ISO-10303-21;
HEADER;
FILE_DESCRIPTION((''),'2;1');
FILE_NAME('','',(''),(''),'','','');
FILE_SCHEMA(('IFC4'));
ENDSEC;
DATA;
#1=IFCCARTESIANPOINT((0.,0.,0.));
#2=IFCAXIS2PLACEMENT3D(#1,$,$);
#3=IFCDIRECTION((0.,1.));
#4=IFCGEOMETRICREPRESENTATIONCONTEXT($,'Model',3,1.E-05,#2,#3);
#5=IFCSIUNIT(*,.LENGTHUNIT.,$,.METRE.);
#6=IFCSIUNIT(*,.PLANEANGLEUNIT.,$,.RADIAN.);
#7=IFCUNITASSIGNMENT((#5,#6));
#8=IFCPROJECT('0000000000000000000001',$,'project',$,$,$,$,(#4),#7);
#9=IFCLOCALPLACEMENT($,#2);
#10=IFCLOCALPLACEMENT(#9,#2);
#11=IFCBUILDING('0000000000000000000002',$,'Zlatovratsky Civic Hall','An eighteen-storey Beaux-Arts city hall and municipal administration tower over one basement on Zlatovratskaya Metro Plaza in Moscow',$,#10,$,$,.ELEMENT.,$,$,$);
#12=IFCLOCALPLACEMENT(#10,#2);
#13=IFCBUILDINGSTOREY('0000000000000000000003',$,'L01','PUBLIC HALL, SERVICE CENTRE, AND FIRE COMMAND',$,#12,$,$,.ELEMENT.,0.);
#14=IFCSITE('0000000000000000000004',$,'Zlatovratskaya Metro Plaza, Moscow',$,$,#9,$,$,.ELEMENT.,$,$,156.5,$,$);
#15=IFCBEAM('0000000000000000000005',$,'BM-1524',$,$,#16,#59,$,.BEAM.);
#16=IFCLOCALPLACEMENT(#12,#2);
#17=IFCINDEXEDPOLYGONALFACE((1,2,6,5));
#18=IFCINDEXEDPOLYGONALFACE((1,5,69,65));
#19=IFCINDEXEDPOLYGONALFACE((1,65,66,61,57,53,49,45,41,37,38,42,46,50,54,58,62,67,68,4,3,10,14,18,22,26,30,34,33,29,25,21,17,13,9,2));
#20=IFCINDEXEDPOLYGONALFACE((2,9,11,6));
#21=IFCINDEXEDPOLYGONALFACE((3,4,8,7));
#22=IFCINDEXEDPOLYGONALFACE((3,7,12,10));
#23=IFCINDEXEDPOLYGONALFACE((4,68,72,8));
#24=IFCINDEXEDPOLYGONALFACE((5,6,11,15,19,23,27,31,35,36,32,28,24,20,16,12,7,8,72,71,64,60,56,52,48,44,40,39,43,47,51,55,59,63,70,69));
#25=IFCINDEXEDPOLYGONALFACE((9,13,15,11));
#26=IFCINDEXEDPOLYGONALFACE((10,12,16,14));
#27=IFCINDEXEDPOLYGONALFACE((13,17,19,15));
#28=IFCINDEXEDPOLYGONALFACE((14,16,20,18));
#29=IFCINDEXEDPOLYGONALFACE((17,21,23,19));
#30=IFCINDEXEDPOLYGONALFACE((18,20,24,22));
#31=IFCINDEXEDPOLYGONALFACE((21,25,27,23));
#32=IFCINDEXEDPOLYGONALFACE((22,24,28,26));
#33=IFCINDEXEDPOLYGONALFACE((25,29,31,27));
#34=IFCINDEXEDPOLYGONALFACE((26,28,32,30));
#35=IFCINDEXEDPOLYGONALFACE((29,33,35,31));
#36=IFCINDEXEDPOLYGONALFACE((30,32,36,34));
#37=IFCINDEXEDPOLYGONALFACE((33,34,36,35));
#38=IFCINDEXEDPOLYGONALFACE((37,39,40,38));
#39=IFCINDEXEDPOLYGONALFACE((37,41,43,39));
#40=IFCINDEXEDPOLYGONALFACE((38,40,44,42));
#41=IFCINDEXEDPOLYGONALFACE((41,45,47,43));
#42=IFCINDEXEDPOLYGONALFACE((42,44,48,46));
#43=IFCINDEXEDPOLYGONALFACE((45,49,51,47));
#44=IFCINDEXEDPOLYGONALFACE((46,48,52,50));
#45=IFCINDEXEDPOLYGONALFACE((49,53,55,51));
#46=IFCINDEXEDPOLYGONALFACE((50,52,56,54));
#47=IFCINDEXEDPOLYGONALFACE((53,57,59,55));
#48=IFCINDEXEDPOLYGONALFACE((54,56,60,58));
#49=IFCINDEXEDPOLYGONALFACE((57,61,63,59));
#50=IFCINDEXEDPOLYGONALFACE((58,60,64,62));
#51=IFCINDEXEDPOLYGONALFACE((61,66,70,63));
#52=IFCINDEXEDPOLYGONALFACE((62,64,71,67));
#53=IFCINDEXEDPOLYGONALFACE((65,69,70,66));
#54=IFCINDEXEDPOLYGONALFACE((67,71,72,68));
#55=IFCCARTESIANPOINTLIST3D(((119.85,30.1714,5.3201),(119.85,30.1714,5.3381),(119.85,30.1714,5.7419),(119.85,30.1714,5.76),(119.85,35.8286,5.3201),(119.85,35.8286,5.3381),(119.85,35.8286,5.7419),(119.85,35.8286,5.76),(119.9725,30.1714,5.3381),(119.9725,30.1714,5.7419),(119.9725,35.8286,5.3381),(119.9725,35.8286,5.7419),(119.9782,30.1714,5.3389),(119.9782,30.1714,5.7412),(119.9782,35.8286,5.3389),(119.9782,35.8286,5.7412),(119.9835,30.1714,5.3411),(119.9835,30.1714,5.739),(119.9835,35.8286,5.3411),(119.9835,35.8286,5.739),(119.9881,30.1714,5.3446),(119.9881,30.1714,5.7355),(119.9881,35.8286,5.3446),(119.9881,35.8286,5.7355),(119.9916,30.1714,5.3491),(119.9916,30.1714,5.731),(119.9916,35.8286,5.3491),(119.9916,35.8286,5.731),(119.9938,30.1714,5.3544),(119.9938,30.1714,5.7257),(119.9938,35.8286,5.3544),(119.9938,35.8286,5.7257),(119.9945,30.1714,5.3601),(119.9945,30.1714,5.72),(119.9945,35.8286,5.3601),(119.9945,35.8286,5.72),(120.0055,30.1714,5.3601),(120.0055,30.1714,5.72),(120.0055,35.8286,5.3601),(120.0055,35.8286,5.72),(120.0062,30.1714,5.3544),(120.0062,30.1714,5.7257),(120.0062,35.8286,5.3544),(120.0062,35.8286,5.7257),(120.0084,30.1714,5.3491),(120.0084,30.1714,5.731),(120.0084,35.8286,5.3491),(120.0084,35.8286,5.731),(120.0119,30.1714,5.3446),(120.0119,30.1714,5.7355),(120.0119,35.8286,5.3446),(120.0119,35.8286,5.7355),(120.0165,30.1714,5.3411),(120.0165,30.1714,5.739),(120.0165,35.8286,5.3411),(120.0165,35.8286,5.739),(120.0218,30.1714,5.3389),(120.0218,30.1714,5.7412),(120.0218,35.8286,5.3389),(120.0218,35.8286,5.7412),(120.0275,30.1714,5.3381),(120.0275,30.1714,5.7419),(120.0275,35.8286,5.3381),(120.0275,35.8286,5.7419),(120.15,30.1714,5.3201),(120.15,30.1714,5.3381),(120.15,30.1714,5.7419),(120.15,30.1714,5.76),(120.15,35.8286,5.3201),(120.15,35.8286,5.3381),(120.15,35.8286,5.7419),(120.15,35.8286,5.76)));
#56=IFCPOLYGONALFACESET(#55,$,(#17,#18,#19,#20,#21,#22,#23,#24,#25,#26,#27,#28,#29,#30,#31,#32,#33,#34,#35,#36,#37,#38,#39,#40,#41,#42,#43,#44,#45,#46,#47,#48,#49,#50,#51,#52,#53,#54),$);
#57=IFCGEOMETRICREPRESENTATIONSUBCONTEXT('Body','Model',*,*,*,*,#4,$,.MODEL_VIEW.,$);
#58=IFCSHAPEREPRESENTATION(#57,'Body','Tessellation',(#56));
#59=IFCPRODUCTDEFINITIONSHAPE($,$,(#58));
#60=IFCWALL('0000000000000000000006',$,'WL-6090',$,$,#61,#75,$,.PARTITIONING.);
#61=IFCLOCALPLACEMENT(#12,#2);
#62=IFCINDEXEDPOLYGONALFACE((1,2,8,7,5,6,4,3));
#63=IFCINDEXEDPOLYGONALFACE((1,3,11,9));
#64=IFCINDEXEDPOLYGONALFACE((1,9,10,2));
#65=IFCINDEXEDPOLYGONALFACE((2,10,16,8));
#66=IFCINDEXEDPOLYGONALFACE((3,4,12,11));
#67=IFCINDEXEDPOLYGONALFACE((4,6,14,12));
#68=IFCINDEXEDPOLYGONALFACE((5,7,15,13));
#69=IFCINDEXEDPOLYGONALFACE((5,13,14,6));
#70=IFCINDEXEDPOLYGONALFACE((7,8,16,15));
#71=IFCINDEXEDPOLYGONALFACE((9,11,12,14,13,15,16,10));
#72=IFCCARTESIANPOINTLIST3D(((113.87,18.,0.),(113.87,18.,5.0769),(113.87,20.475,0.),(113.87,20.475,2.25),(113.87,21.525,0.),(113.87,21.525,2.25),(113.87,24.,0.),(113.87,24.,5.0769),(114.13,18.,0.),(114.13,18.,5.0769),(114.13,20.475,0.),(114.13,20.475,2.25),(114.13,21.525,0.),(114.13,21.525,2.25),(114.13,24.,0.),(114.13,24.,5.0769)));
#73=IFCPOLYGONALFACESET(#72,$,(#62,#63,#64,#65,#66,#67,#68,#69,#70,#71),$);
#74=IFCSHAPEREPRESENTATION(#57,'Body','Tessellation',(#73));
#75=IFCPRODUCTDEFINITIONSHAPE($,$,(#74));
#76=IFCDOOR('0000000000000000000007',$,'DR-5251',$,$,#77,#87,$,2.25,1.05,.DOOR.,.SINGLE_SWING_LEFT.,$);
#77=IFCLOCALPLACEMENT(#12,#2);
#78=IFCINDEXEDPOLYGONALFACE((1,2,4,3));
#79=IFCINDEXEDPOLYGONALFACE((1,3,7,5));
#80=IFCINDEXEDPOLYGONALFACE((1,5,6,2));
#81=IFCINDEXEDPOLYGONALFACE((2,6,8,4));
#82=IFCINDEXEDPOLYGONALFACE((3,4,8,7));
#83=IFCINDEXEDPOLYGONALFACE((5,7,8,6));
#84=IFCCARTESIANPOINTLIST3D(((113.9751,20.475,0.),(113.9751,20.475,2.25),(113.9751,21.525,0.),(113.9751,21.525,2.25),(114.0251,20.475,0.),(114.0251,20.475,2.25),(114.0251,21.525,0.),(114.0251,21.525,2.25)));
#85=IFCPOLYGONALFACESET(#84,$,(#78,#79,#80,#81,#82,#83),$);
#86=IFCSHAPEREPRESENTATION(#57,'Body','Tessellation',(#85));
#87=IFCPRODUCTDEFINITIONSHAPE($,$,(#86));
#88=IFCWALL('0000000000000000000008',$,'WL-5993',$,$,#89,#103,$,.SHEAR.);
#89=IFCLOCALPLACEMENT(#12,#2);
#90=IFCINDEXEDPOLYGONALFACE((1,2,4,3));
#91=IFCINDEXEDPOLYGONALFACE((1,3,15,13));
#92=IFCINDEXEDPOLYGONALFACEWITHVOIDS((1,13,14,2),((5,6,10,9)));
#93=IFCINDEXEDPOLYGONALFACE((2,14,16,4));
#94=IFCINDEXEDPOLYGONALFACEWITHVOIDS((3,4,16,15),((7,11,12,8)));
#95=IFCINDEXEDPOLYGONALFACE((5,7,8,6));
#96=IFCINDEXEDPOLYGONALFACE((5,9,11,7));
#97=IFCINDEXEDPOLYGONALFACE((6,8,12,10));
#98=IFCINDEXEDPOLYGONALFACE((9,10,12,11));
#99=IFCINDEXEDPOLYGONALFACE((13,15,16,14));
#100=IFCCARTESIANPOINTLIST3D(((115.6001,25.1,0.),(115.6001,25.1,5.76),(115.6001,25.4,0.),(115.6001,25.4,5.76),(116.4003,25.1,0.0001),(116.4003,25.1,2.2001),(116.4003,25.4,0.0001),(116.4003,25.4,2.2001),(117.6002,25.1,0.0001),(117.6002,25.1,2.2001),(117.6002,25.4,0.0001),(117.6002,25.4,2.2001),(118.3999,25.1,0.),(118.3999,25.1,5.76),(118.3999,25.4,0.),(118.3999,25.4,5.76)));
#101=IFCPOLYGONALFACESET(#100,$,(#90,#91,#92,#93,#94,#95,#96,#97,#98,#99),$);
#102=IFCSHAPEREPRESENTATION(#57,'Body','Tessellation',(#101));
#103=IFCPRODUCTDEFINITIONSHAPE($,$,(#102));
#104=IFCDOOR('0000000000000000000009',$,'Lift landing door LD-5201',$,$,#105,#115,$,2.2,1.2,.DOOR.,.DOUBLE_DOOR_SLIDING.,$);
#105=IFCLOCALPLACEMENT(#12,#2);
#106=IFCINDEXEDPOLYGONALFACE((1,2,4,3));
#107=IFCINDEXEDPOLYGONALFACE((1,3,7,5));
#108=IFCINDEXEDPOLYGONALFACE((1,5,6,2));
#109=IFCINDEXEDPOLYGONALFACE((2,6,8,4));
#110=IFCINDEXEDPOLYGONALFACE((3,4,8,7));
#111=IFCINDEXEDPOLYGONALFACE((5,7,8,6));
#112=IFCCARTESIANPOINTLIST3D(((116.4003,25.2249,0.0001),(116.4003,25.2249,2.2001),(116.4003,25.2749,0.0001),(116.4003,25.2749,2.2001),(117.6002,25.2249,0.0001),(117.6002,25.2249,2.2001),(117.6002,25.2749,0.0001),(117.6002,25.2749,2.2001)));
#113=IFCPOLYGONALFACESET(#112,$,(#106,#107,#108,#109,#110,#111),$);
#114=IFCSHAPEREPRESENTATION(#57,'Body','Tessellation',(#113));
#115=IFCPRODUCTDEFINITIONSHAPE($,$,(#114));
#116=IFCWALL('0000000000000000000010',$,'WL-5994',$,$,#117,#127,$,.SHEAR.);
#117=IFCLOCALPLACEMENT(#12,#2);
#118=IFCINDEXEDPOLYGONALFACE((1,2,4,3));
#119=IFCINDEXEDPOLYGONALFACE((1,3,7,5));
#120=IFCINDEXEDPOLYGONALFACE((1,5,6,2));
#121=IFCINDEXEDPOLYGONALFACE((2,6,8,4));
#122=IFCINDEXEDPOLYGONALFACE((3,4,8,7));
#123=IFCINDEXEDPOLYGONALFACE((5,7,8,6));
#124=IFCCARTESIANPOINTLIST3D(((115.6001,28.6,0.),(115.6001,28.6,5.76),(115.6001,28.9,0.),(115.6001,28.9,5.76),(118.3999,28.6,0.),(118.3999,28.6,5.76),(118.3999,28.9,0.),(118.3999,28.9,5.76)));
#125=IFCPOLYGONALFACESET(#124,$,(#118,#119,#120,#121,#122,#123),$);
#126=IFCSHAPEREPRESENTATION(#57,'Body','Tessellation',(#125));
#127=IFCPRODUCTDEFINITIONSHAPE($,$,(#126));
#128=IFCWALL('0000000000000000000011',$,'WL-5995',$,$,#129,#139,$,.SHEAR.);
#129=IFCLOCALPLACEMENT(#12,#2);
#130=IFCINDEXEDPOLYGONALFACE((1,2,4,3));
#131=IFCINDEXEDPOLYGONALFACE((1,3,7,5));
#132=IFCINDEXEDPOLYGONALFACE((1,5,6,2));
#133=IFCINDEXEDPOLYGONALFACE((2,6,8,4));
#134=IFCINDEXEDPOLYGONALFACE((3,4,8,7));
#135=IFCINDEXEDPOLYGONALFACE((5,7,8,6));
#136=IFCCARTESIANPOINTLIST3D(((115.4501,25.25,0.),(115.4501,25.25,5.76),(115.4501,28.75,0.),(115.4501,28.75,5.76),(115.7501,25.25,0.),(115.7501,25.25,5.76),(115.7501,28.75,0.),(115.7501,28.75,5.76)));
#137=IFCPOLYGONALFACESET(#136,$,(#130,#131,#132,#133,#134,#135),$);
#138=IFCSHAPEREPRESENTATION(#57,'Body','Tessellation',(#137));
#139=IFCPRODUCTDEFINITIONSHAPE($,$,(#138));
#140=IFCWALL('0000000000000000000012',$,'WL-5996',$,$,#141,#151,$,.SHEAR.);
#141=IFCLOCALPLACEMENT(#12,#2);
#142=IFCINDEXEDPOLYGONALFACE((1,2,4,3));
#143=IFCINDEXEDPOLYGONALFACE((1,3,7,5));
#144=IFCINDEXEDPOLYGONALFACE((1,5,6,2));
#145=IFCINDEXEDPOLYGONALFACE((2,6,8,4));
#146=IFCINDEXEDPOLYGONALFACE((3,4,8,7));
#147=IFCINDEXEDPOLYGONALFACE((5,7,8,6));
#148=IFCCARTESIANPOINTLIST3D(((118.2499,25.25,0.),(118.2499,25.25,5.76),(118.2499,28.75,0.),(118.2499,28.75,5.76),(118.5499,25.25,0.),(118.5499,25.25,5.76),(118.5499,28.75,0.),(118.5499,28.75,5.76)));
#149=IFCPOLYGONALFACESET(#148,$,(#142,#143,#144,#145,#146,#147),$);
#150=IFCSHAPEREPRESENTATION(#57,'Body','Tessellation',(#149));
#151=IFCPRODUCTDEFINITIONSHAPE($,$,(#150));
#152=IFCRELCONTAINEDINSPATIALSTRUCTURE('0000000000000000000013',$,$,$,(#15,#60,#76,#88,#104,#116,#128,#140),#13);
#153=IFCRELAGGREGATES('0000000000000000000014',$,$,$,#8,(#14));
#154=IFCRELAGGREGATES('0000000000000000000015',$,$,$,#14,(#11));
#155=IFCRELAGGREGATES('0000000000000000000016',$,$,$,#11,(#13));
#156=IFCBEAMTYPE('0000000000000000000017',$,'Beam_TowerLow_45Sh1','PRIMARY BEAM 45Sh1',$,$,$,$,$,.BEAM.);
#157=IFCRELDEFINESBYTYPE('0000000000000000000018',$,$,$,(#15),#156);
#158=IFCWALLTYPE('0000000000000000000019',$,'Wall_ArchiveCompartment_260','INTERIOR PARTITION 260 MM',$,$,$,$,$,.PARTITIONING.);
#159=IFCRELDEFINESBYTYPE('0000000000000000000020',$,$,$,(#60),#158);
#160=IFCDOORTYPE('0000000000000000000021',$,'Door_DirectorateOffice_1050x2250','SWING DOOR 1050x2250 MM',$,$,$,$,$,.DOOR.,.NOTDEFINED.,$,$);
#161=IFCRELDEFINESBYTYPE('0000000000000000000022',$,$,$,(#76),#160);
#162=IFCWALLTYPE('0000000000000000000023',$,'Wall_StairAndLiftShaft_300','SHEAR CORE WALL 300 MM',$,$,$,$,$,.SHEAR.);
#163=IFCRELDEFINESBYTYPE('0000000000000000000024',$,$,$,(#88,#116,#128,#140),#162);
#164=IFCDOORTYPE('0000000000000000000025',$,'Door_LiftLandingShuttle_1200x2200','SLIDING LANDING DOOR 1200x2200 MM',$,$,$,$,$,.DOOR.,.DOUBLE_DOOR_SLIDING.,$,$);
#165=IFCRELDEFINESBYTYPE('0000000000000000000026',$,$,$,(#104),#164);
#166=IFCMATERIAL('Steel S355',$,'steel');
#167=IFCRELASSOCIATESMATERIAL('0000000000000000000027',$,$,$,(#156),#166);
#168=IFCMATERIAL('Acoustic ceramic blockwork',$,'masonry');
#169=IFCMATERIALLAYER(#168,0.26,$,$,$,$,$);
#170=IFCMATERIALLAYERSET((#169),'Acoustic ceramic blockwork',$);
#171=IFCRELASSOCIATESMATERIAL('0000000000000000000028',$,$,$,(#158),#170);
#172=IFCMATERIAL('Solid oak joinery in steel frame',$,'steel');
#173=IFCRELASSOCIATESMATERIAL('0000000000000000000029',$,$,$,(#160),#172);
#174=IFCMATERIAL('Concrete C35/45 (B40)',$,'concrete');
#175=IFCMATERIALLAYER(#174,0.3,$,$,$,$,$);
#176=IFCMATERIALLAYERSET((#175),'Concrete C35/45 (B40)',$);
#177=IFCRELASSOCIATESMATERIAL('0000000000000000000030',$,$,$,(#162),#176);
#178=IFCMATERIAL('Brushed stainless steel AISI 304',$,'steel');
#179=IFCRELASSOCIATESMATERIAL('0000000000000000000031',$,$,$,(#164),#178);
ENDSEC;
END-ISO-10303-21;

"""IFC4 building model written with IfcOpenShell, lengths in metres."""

from ifc_helpers import new_model, si_unit, direction, frame, frame_2d, origin, origin_2d, place, context, subcontext, project, spatial, rectangle, i_section, extrude, material, layer, layer_set, material_profile, profile_set, type_object, element, fill, save


model = new_model("IFC4")

# Units and contexts
model_context = context("Model", 3, precision=1e-05, world=origin(), true_north=direction((0.0, 1.0)))
body_context = subcontext(model_context, "Body", "Model", "MODEL_VIEW")
ifc_project = project(units=[si_unit("LENGTHUNIT", "METRE"), si_unit("PLANEANGLEUNIT", "RADIAN")], contexts=[model_context])

# Site, building, storey
site_placement = place(None, origin())
site = spatial("IfcSite", under=ifc_project, at=site_placement, Name="Zlatovratskaya Metro Plaza, Moscow", CompositionType="ELEMENT", RefElevation=156.5)
building_placement = place(site_placement, origin())
building = spatial("IfcBuilding", under=site, at=building_placement, Name="Zlatovratsky Civic Hall", Description="An eighteen-storey Beaux-Arts city hall and municipal administration tower over one basement on Zlatovratskaya Metro Plaza in Moscow", CompositionType="ELEMENT")
storey_placement = place(building_placement, origin())
storey = spatial("IfcBuildingStorey", under=building, at=storey_placement, Name="L01", Description="PUBLIC HALL, SERVICE CENTRE, AND FIRE COMMAND", CompositionType="ELEMENT", Elevation=0.0)

# Shared definitions
ifc_material_1 = material(Name="Steel S355", Category="steel")

# Beam
ifc_material_profile_1 = material_profile(ifc_material_1, i_section(OverallWidth=0.3, OverallDepth=0.4399, WebThickness=0.011, FlangeThickness=0.0181, FilletRadius=0.022, at=origin_2d()), Name="45Sh1")
ifc_profile_set_1 = profile_set([ifc_material_profile_1], Name="Steel S355")
beam_type_1 = type_object("IfcBeamType", Name="Beam_TowerLow_45Sh1", Description="PRIMARY BEAM 45Sh1", PredefinedType="BEAM", material=ifc_profile_set_1)
for number, where, z_axis, x_axis, name in (
    (1, (120.0, 30.1714, 5.54), (0.0, 1.0, 0.0), (-1.0, 0.0, 0.0), "BM-1524"),
):
    element("IfcBeam", number, at=place(storey_placement, frame(where, z_axis=z_axis, x_axis=x_axis)), inside=storey, type_object=beam_type_1, Name=name, PredefinedType="BEAM", context=body_context, shape_type="SweptSolid", body=[
        extrude(i_section(OverallWidth=0.3, OverallDepth=0.4399, WebThickness=0.011, FlangeThickness=0.0181, FilletRadius=0.022, at=origin_2d()), origin(), (0.0, 0.0, 1.0), 5.6572),
    ])

# Walls, openings, doors
ifc_material_2 = material(Name="Acoustic ceramic blockwork", Category="masonry")
ifc_layer_1 = layer(ifc_material_2, 0.26)
ifc_layer_set_1 = layer_set([ifc_layer_1], Name="Acoustic ceramic blockwork")
wall_type_1 = type_object("IfcWallType", Name="Wall_ArchiveCompartment_260", Description="INTERIOR PARTITION 260 MM", PredefinedType="PARTITIONING", material=ifc_layer_set_1)
wall_1_placement = place(storey_placement, frame((114.0, 18.0, 0.0), z_axis=(0.0, 0.0, 1.0), x_axis=(0.0, 1.0, 0.0)))
wall_1 = element("IfcWall", 2, at=wall_1_placement, inside=storey, type_object=wall_type_1, Name="WL-6090", PredefinedType="PARTITIONING", context=body_context, shape_type="SweptSolid", body=[
    extrude(rectangle(XDim=6.0, YDim=0.26, at=frame_2d((3.0, 0.0))), origin(), (0.0, 0.0, 1.0), 5.0769),
])
opening_1_placement = place(wall_1_placement, frame((2.4751, 0.0, 0.0)))
opening_1 = element("IfcOpeningElement", 3, at=opening_1_placement, cuts=wall_1, PredefinedType="OPENING", context=body_context, shape_type="SweptSolid", body=[
    extrude(rectangle(XDim=1.05, YDim=2.25, at=frame_2d((0.5249, 1.125))), frame((0.0, 0.145, 0.0), z_axis=(0.0, -1.0, 0.0), x_axis=(1.0, 0.0, 0.0)), (0.0, 0.0, 1.0), 0.2898),
])
ifc_material_3 = material(Name="Solid oak joinery in steel frame", Category="steel")
door_type_1 = type_object("IfcDoorType", Name="Door_DirectorateOffice_1050x2250", Description="SWING DOOR 1050x2250 MM", OperationType="NOTDEFINED", PredefinedType="DOOR", material=ifc_material_3)
door_1_placement = place(opening_1_placement, origin())
door_1 = element("IfcDoor", 4, at=door_1_placement, inside=storey, type_object=door_type_1, Name="DR-5251", OperationType="SINGLE_SWING_LEFT", OverallHeight=2.25, OverallWidth=1.05, PredefinedType="DOOR", context=body_context, shape_type="SweptSolid", body=[
    extrude(rectangle(XDim=1.05, YDim=2.25, at=frame_2d((0.5249, 1.125))), frame((0.0, 0.0249, 0.0), z_axis=(0.0, -1.0, 0.0), x_axis=(1.0, 0.0, 0.0)), (0.0, 0.0, 1.0), 0.05),
])
fill(opening_1, door_1)
ifc_material_4 = material(Name="Concrete C35/45 (B40)", Category="concrete")
ifc_layer_2 = layer(ifc_material_4, 0.3)
ifc_layer_set_2 = layer_set([ifc_layer_2], Name="Concrete C35/45 (B40)")
wall_type_2 = type_object("IfcWallType", Name="Wall_StairAndLiftShaft_300", Description="SHEAR CORE WALL 300 MM", PredefinedType="SHEAR", material=ifc_layer_set_2)
wall_2_placement = place(storey_placement, frame((115.6001, 25.25, 0.0), z_axis=(0.0, 0.0, 1.0), x_axis=(1.0, 0.0, 0.0)))
wall_2 = element("IfcWall", 5, at=wall_2_placement, inside=storey, type_object=wall_type_2, Name="WL-5993", PredefinedType="SHEAR", context=body_context, shape_type="SweptSolid", body=[
    extrude(rectangle(XDim=2.7998, YDim=0.3, at=frame_2d((1.3999, 0.0))), origin(), (0.0, 0.0, 1.0), 5.76),
])
opening_2_placement = place(wall_2_placement, frame((0.8, 0.0, 0.0)))
opening_2 = element("IfcOpeningElement", 6, at=opening_2_placement, cuts=wall_2, PredefinedType="OPENING", context=body_context, shape_type="SweptSolid", body=[
    extrude(rectangle(XDim=1.2, YDim=2.2, at=frame_2d((0.6001, 1.1001))), frame((0.0, 0.165, 0.0), z_axis=(0.0, -1.0, 0.0), x_axis=(1.0, 0.0, 0.0)), (0.0, 0.0, 1.0), 0.3298),
])
ifc_material_5 = material(Name="Brushed stainless steel AISI 304", Category="steel")
door_type_2 = type_object("IfcDoorType", Name="Door_LiftLandingShuttle_1200x2200", Description="SLIDING LANDING DOOR 1200x2200 MM", OperationType="DOUBLE_DOOR_SLIDING", PredefinedType="DOOR", material=ifc_material_5)
door_2_placement = place(opening_2_placement, origin())
door_2 = element("IfcDoor", 7, at=door_2_placement, inside=storey, type_object=door_type_2, Name="Lift landing door LD-5201", OperationType="DOUBLE_DOOR_SLIDING", OverallHeight=2.2, OverallWidth=1.2, PredefinedType="DOOR", context=body_context, shape_type="SweptSolid", body=[
    extrude(rectangle(XDim=1.2, YDim=2.2, at=frame_2d((0.6001, 1.1001))), frame((0.0, 0.0249, 0.0), z_axis=(0.0, -1.0, 0.0), x_axis=(1.0, 0.0, 0.0)), (0.0, 0.0, 1.0), 0.05),
])
fill(opening_2, door_2)

# Walls
wall_3_placement = place(storey_placement, frame((115.6001, 28.75, 0.0), z_axis=(0.0, 0.0, 1.0), x_axis=(1.0, 0.0, 0.0)))
element("IfcWall", 8, at=wall_3_placement, inside=storey, type_object=wall_type_2, Name="WL-5994", PredefinedType="SHEAR", context=body_context, shape_type="SweptSolid", body=[
    extrude(rectangle(XDim=2.7998, YDim=0.3, at=frame_2d((1.3999, 0.0))), origin(), (0.0, 0.0, 1.0), 5.76),
])
for number, where, z_axis, x_axis, name in (
    (9, (115.6001, 25.25, 0.0), (0.0, 0.0, 1.0), (0.0, 1.0, 0.0), "WL-5995"),
    (10, (118.3999, 25.25, 0.0), (0.0, 0.0, 1.0), (0.0, 1.0, 0.0), "WL-5996"),
):
    element("IfcWall", number, at=place(storey_placement, frame(where, z_axis=z_axis, x_axis=x_axis)), inside=storey, type_object=wall_type_2, Name=name, PredefinedType="SHEAR", context=body_context, shape_type="SweptSolid", body=[
        extrude(rectangle(XDim=3.5, YDim=0.3, at=frame_2d((1.75, 0.0))), origin(), (0.0, 0.0, 1.0), 5.76),
    ])

save(model, "model.ifc")
